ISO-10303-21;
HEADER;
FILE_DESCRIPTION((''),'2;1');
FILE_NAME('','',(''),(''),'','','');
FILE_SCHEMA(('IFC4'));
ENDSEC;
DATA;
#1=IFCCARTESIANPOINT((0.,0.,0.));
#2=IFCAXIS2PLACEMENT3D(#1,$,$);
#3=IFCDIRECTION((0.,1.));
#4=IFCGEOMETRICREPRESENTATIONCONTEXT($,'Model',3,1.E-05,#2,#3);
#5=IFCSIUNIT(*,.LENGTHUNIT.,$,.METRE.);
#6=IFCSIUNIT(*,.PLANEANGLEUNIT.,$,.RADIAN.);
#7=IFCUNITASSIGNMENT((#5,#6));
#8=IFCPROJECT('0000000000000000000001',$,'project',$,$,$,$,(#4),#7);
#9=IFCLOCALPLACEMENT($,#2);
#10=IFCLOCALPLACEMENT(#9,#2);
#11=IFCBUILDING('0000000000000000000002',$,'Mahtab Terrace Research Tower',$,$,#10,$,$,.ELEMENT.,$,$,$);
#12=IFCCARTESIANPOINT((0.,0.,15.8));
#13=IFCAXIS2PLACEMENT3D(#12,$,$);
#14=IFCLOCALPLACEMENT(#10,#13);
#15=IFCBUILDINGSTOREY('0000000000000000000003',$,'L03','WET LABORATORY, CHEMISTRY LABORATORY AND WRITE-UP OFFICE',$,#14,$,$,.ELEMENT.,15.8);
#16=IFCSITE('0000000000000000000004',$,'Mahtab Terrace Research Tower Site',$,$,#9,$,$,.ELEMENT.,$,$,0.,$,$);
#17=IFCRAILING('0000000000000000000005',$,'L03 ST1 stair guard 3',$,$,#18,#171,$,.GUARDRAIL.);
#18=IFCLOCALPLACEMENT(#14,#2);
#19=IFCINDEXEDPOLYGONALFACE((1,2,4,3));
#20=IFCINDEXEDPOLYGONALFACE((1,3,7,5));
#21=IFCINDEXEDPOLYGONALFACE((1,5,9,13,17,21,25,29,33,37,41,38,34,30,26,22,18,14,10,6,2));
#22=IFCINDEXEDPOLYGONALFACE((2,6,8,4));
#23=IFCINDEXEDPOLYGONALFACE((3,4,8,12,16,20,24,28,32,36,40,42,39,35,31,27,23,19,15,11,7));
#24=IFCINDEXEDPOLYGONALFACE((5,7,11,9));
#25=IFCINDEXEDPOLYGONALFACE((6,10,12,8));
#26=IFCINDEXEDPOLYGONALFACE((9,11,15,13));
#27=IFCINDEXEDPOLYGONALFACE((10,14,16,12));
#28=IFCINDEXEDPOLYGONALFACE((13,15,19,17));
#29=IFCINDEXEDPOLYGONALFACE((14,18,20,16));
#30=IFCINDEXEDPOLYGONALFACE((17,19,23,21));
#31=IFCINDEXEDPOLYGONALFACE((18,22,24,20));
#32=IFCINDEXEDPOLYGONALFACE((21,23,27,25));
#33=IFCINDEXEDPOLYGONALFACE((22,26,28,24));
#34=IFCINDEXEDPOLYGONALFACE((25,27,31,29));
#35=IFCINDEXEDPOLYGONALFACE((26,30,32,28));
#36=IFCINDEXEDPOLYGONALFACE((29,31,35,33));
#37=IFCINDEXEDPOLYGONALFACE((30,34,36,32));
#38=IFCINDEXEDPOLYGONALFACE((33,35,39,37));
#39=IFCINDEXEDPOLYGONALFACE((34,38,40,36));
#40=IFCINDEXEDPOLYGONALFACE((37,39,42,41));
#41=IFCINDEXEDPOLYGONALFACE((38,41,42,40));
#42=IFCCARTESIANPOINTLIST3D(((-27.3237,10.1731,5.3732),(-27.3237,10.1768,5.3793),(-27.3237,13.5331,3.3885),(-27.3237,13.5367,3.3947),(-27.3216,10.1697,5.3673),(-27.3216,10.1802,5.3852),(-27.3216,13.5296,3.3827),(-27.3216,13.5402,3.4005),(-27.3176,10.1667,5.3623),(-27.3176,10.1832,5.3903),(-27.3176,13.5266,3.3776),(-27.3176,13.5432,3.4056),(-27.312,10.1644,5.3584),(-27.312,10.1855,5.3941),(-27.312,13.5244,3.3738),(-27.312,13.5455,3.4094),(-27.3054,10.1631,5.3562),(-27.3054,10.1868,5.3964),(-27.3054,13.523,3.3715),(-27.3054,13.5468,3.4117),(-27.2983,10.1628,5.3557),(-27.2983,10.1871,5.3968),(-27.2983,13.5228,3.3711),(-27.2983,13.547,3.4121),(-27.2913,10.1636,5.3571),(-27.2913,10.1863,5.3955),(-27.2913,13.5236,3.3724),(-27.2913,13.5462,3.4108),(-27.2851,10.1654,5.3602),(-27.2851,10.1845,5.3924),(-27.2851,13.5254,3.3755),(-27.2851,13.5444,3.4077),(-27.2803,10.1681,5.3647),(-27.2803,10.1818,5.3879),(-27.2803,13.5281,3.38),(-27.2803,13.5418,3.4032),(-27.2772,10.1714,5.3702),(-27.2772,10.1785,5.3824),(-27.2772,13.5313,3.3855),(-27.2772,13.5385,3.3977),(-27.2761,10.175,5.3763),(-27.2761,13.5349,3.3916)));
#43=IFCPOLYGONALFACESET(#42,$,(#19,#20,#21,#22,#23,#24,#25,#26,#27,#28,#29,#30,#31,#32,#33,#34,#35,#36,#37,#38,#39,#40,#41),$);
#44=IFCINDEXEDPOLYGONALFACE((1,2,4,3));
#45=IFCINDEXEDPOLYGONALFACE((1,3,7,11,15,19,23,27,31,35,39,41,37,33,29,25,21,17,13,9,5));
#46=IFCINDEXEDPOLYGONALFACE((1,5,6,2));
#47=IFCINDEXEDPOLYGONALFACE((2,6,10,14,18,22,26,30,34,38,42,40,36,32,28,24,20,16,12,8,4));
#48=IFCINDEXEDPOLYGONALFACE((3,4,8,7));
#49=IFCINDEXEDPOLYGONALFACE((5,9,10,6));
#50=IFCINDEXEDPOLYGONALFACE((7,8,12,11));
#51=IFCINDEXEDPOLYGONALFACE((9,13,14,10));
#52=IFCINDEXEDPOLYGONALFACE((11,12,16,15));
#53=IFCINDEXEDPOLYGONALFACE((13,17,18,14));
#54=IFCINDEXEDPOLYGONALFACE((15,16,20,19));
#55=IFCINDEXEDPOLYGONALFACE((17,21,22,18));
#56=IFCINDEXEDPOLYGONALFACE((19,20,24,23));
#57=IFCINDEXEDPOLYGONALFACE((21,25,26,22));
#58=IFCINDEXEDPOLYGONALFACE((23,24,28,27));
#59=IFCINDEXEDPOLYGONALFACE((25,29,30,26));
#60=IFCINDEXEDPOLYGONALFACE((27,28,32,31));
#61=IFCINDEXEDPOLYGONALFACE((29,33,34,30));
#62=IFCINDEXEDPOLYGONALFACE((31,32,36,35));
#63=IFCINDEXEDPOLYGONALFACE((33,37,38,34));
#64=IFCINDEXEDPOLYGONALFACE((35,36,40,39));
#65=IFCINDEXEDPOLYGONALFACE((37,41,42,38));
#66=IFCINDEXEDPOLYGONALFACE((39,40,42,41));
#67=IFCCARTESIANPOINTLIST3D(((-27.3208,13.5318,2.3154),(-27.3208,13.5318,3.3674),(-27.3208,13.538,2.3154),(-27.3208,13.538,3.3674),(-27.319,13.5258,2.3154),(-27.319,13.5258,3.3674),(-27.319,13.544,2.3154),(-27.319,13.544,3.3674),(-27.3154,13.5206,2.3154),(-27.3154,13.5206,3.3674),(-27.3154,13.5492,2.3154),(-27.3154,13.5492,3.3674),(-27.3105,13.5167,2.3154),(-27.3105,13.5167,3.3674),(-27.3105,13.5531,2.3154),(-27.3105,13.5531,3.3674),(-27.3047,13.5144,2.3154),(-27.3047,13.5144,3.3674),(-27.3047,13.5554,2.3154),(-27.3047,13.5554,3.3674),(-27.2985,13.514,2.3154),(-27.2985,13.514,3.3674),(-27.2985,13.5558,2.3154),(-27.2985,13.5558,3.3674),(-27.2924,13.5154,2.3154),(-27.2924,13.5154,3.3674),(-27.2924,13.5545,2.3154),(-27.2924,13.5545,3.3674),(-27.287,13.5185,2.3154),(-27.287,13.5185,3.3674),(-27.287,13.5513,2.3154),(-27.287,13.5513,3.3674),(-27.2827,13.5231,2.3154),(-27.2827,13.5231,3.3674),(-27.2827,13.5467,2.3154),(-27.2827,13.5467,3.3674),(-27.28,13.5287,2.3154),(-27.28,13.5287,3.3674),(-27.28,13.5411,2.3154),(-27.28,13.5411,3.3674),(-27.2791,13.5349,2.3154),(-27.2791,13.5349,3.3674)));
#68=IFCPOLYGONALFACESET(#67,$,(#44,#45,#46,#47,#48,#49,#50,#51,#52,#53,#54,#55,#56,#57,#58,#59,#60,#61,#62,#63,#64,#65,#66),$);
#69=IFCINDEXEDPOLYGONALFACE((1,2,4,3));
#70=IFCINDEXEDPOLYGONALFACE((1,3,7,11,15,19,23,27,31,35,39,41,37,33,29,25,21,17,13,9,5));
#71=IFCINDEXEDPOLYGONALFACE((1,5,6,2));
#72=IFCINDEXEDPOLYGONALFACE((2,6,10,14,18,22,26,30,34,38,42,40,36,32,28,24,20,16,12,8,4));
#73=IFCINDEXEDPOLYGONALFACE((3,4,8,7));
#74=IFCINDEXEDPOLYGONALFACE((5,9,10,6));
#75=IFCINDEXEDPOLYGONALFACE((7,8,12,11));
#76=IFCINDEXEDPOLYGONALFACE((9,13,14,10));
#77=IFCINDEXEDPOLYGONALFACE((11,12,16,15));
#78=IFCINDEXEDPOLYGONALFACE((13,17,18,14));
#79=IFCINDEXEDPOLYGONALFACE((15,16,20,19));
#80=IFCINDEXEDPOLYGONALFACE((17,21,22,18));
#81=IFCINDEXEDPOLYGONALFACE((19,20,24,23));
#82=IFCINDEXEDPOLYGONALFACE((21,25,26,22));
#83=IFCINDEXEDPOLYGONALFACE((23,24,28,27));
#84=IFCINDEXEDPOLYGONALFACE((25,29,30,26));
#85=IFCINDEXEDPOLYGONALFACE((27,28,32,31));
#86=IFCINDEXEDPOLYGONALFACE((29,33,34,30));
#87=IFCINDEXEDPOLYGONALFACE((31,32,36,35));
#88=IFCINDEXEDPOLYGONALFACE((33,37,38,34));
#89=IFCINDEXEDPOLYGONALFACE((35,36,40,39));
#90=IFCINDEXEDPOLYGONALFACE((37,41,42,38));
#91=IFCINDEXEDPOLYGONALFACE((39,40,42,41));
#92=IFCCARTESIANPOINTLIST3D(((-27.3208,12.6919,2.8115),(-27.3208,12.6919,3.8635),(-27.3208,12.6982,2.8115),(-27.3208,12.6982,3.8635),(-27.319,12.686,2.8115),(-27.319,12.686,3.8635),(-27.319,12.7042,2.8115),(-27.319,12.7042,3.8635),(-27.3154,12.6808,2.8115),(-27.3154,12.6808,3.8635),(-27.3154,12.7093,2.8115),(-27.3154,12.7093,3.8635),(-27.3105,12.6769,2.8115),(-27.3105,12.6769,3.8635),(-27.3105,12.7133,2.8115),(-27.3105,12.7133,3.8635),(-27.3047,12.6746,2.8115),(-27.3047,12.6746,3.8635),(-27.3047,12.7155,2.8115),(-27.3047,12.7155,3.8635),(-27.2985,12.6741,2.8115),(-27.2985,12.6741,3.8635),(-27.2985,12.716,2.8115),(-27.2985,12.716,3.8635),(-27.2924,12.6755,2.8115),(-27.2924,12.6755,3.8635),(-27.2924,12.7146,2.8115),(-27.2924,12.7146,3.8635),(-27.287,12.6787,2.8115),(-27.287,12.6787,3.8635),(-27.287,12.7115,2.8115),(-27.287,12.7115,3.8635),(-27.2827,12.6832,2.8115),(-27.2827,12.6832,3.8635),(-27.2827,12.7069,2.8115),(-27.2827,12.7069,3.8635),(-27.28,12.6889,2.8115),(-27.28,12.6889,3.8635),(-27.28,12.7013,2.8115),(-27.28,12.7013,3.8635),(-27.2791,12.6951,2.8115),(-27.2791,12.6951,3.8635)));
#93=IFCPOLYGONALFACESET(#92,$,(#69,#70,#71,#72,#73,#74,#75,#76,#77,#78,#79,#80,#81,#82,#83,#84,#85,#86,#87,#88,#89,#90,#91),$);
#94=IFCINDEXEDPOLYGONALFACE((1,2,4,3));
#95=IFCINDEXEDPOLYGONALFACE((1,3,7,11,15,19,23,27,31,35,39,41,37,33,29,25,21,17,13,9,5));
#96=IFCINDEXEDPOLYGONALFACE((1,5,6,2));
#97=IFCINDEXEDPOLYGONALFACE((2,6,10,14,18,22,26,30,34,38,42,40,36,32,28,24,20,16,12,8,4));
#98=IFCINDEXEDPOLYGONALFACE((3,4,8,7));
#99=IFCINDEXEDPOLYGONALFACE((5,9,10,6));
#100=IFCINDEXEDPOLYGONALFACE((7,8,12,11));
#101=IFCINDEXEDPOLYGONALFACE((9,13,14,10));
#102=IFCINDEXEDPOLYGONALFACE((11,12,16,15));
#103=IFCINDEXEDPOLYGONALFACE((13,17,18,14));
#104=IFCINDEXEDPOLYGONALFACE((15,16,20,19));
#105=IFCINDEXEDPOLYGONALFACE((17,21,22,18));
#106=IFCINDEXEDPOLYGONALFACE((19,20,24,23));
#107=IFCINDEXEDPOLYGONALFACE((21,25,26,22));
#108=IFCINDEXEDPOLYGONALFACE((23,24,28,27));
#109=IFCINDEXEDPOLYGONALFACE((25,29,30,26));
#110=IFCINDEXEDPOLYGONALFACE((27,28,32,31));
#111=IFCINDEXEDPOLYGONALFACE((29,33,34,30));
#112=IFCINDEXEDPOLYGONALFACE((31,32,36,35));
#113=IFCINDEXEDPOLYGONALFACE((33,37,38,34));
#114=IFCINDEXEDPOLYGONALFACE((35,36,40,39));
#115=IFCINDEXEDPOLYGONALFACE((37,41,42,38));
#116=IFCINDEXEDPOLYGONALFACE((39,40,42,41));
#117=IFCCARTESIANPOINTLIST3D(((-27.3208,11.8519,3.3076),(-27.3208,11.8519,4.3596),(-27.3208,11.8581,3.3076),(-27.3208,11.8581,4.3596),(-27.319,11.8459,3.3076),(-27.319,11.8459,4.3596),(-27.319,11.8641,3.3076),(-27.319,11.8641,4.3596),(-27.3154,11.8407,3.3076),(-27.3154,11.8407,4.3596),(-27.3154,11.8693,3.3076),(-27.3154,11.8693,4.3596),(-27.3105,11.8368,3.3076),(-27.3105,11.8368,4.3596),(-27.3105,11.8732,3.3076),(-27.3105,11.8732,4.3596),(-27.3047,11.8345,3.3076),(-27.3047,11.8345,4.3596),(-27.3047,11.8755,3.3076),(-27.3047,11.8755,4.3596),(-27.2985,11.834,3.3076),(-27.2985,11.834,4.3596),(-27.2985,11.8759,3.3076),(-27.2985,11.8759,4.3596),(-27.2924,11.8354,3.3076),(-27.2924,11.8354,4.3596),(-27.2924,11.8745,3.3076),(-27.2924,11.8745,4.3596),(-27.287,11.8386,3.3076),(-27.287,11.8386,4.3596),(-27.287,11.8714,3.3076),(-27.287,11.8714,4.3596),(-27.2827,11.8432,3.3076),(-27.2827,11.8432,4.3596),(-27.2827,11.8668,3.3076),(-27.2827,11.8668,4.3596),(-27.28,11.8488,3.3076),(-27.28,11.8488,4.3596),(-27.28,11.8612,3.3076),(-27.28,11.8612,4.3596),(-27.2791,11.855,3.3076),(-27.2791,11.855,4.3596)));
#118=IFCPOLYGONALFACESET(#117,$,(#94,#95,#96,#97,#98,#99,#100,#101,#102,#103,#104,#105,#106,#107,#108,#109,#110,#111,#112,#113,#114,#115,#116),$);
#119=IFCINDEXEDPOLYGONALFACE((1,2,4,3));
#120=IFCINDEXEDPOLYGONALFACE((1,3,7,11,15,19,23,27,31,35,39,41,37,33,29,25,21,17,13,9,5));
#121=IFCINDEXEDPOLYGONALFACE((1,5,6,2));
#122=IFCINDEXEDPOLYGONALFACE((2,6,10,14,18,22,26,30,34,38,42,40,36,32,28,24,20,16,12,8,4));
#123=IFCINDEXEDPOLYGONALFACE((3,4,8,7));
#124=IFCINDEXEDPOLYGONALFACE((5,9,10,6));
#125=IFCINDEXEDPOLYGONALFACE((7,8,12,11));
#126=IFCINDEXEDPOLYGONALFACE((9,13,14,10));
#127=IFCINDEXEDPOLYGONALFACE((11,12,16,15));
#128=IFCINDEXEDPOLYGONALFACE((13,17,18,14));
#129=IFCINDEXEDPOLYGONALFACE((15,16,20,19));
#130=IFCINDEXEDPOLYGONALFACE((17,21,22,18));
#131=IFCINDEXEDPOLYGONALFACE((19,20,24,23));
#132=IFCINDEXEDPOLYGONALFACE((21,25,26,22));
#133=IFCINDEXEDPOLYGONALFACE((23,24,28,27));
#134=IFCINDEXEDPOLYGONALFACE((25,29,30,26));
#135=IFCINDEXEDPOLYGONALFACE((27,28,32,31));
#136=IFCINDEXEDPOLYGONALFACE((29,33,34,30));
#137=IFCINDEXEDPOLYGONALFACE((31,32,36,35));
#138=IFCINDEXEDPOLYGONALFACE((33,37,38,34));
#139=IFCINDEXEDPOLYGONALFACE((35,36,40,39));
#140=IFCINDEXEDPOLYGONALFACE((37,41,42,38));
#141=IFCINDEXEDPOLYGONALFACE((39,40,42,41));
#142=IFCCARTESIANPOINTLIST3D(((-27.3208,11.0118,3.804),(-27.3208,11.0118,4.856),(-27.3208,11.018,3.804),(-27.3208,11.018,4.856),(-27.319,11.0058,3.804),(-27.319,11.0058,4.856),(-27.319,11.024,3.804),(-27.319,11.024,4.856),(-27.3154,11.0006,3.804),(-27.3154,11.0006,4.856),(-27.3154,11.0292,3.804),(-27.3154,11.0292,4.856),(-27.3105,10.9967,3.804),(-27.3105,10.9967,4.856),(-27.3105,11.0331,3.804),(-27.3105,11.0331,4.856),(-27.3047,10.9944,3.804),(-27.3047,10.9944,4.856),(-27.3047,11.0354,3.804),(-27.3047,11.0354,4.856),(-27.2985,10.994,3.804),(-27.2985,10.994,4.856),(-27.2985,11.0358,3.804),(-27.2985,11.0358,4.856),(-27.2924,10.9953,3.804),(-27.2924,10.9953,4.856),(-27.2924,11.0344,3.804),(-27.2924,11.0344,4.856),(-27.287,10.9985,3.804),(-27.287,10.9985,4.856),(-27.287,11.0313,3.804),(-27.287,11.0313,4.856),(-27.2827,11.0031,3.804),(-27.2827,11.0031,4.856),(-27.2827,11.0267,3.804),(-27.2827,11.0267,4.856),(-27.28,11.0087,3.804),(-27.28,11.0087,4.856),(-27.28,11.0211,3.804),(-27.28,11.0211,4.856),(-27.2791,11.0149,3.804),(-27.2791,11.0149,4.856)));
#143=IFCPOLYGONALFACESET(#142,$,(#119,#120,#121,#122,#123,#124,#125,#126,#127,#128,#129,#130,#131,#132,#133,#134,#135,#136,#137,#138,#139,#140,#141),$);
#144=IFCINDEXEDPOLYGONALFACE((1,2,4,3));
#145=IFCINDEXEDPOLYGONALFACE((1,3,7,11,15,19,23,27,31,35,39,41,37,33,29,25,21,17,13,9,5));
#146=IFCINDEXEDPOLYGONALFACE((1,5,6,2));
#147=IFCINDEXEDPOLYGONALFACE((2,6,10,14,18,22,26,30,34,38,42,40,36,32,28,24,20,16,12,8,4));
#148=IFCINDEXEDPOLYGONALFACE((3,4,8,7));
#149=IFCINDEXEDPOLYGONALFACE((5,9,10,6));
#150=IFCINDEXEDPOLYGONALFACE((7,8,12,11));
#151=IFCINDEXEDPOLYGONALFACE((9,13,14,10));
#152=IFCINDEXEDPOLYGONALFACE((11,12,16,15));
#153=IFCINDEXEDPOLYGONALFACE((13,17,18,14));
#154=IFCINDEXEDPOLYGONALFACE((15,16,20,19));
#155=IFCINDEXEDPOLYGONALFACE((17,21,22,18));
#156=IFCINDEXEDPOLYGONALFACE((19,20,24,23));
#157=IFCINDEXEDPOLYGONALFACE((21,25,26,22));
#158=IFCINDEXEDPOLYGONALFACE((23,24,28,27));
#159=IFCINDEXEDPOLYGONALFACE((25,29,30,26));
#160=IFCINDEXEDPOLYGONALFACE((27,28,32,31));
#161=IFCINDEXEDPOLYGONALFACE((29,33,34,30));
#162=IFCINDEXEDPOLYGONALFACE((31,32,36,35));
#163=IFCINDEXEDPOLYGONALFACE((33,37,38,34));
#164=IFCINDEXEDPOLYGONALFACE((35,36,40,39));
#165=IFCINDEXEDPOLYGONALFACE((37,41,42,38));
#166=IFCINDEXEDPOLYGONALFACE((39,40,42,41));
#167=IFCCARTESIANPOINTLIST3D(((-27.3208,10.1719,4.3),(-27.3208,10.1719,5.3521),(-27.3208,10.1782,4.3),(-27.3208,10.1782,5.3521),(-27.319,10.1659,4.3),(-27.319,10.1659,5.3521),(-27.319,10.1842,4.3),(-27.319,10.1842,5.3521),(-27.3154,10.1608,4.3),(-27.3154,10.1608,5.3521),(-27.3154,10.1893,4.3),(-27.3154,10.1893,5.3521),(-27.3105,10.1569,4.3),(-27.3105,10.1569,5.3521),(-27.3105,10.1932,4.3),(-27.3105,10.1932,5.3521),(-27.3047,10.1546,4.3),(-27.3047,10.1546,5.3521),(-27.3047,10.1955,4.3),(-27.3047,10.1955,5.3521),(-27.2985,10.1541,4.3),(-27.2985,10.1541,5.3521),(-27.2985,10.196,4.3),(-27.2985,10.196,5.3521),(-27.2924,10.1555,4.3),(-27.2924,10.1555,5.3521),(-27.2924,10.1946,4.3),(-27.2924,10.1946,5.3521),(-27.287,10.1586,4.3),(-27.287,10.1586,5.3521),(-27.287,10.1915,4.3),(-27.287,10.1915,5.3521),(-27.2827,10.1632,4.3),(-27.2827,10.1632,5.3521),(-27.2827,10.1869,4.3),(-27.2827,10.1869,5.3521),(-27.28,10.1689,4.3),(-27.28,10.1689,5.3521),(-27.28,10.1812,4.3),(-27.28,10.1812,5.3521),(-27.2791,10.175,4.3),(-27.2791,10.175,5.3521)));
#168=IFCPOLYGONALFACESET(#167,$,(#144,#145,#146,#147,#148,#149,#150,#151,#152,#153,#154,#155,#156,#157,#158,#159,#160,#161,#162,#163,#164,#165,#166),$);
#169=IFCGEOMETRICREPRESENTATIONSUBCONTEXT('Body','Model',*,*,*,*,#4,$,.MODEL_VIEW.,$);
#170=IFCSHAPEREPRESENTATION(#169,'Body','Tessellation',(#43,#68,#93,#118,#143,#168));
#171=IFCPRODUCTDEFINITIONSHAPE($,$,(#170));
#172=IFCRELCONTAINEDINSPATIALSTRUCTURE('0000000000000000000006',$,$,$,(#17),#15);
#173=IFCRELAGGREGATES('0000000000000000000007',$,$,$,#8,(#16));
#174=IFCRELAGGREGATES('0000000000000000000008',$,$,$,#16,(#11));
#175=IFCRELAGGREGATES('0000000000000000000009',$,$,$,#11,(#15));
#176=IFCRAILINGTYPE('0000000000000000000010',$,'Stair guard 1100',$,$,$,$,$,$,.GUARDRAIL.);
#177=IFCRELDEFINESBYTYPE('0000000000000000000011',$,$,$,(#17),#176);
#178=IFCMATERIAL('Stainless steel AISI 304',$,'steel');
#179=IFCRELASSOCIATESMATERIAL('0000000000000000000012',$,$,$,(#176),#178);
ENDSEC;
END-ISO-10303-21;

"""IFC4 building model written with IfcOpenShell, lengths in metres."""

from ifc_helpers import new_model, si_unit, direction, frame, origin, origin_2d, place, context, subcontext, project, spatial, circle, extrude, material, type_object, element, save


model = new_model("IFC4")

# Units and contexts
model_context = context("Model", 3, precision=1e-05, world=origin(), true_north=direction((0.0, 1.0)))
body_context = subcontext(model_context, "Body", "Model", "MODEL_VIEW")
ifc_project = project(units=[si_unit("LENGTHUNIT", "METRE"), si_unit("PLANEANGLEUNIT", "RADIAN")], contexts=[model_context])

# Site, building, storey
site_placement = place(None, origin())
site = spatial("IfcSite", under=ifc_project, at=site_placement, Name="Mahtab Terrace Research Tower Site", CompositionType="ELEMENT", RefElevation=0.0)
building_placement = place(site_placement, origin())
building = spatial("IfcBuilding", under=site, at=building_placement, Name="Mahtab Terrace Research Tower", CompositionType="ELEMENT")
storey_placement = place(building_placement, frame((0.0, 0.0, 15.8)))
storey = spatial("IfcBuildingStorey", under=building, at=storey_placement, Name="L03", Description="WET LABORATORY, CHEMISTRY LABORATORY AND WRITE-UP OFFICE", CompositionType="ELEMENT", Elevation=15.8)

# Shared definitions
ifc_material_1 = material(Name="Stainless steel AISI 304", Category="steel")

# Railing
railing_type = type_object("IfcRailingType", Name="Stair guard 1100", PredefinedType="GUARDRAIL", material=ifc_material_1)
railing_1_placement = place(storey_placement, frame((-27.3, 13.5349, 2.3154)))
element("IfcRailing", 1, at=railing_1_placement, inside=storey, type_object=railing_type, Name="L03 ST1 stair guard 3", PredefinedType="GUARDRAIL", context=body_context, shape_type="SweptSolid", body=[
    extrude(circle(Radius=0.0239, at=origin_2d()), frame((0.0, 0.0, 1.0762), z_axis=(0.0, -0.861011, 0.508586), x_axis=(1.0, 0.0, 0.0)), (0.0, 0.0, 1.0), 3.9023),
    extrude(circle(Radius=0.021, at=origin_2d()), origin(), (0.0, 0.0, 1.0), 1.052),
    extrude(circle(Radius=0.021, at=origin_2d()), frame((0.0, -0.8398, 0.4961)), (0.0, 0.0, 1.0), 1.052),
    extrude(circle(Radius=0.021, at=origin_2d()), frame((0.0, -1.6799, 0.9922)), (0.0, 0.0, 1.0), 1.052),
    extrude(circle(Radius=0.021, at=origin_2d()), frame((0.0, -2.52, 1.4885)), (0.0, 0.0, 1.0), 1.052),
    extrude(circle(Radius=0.021, at=origin_2d()), frame((0.0, -3.3599, 1.9846)), (0.0, 0.0, 1.0), 1.052),
])

save(model, "model.ifc")
